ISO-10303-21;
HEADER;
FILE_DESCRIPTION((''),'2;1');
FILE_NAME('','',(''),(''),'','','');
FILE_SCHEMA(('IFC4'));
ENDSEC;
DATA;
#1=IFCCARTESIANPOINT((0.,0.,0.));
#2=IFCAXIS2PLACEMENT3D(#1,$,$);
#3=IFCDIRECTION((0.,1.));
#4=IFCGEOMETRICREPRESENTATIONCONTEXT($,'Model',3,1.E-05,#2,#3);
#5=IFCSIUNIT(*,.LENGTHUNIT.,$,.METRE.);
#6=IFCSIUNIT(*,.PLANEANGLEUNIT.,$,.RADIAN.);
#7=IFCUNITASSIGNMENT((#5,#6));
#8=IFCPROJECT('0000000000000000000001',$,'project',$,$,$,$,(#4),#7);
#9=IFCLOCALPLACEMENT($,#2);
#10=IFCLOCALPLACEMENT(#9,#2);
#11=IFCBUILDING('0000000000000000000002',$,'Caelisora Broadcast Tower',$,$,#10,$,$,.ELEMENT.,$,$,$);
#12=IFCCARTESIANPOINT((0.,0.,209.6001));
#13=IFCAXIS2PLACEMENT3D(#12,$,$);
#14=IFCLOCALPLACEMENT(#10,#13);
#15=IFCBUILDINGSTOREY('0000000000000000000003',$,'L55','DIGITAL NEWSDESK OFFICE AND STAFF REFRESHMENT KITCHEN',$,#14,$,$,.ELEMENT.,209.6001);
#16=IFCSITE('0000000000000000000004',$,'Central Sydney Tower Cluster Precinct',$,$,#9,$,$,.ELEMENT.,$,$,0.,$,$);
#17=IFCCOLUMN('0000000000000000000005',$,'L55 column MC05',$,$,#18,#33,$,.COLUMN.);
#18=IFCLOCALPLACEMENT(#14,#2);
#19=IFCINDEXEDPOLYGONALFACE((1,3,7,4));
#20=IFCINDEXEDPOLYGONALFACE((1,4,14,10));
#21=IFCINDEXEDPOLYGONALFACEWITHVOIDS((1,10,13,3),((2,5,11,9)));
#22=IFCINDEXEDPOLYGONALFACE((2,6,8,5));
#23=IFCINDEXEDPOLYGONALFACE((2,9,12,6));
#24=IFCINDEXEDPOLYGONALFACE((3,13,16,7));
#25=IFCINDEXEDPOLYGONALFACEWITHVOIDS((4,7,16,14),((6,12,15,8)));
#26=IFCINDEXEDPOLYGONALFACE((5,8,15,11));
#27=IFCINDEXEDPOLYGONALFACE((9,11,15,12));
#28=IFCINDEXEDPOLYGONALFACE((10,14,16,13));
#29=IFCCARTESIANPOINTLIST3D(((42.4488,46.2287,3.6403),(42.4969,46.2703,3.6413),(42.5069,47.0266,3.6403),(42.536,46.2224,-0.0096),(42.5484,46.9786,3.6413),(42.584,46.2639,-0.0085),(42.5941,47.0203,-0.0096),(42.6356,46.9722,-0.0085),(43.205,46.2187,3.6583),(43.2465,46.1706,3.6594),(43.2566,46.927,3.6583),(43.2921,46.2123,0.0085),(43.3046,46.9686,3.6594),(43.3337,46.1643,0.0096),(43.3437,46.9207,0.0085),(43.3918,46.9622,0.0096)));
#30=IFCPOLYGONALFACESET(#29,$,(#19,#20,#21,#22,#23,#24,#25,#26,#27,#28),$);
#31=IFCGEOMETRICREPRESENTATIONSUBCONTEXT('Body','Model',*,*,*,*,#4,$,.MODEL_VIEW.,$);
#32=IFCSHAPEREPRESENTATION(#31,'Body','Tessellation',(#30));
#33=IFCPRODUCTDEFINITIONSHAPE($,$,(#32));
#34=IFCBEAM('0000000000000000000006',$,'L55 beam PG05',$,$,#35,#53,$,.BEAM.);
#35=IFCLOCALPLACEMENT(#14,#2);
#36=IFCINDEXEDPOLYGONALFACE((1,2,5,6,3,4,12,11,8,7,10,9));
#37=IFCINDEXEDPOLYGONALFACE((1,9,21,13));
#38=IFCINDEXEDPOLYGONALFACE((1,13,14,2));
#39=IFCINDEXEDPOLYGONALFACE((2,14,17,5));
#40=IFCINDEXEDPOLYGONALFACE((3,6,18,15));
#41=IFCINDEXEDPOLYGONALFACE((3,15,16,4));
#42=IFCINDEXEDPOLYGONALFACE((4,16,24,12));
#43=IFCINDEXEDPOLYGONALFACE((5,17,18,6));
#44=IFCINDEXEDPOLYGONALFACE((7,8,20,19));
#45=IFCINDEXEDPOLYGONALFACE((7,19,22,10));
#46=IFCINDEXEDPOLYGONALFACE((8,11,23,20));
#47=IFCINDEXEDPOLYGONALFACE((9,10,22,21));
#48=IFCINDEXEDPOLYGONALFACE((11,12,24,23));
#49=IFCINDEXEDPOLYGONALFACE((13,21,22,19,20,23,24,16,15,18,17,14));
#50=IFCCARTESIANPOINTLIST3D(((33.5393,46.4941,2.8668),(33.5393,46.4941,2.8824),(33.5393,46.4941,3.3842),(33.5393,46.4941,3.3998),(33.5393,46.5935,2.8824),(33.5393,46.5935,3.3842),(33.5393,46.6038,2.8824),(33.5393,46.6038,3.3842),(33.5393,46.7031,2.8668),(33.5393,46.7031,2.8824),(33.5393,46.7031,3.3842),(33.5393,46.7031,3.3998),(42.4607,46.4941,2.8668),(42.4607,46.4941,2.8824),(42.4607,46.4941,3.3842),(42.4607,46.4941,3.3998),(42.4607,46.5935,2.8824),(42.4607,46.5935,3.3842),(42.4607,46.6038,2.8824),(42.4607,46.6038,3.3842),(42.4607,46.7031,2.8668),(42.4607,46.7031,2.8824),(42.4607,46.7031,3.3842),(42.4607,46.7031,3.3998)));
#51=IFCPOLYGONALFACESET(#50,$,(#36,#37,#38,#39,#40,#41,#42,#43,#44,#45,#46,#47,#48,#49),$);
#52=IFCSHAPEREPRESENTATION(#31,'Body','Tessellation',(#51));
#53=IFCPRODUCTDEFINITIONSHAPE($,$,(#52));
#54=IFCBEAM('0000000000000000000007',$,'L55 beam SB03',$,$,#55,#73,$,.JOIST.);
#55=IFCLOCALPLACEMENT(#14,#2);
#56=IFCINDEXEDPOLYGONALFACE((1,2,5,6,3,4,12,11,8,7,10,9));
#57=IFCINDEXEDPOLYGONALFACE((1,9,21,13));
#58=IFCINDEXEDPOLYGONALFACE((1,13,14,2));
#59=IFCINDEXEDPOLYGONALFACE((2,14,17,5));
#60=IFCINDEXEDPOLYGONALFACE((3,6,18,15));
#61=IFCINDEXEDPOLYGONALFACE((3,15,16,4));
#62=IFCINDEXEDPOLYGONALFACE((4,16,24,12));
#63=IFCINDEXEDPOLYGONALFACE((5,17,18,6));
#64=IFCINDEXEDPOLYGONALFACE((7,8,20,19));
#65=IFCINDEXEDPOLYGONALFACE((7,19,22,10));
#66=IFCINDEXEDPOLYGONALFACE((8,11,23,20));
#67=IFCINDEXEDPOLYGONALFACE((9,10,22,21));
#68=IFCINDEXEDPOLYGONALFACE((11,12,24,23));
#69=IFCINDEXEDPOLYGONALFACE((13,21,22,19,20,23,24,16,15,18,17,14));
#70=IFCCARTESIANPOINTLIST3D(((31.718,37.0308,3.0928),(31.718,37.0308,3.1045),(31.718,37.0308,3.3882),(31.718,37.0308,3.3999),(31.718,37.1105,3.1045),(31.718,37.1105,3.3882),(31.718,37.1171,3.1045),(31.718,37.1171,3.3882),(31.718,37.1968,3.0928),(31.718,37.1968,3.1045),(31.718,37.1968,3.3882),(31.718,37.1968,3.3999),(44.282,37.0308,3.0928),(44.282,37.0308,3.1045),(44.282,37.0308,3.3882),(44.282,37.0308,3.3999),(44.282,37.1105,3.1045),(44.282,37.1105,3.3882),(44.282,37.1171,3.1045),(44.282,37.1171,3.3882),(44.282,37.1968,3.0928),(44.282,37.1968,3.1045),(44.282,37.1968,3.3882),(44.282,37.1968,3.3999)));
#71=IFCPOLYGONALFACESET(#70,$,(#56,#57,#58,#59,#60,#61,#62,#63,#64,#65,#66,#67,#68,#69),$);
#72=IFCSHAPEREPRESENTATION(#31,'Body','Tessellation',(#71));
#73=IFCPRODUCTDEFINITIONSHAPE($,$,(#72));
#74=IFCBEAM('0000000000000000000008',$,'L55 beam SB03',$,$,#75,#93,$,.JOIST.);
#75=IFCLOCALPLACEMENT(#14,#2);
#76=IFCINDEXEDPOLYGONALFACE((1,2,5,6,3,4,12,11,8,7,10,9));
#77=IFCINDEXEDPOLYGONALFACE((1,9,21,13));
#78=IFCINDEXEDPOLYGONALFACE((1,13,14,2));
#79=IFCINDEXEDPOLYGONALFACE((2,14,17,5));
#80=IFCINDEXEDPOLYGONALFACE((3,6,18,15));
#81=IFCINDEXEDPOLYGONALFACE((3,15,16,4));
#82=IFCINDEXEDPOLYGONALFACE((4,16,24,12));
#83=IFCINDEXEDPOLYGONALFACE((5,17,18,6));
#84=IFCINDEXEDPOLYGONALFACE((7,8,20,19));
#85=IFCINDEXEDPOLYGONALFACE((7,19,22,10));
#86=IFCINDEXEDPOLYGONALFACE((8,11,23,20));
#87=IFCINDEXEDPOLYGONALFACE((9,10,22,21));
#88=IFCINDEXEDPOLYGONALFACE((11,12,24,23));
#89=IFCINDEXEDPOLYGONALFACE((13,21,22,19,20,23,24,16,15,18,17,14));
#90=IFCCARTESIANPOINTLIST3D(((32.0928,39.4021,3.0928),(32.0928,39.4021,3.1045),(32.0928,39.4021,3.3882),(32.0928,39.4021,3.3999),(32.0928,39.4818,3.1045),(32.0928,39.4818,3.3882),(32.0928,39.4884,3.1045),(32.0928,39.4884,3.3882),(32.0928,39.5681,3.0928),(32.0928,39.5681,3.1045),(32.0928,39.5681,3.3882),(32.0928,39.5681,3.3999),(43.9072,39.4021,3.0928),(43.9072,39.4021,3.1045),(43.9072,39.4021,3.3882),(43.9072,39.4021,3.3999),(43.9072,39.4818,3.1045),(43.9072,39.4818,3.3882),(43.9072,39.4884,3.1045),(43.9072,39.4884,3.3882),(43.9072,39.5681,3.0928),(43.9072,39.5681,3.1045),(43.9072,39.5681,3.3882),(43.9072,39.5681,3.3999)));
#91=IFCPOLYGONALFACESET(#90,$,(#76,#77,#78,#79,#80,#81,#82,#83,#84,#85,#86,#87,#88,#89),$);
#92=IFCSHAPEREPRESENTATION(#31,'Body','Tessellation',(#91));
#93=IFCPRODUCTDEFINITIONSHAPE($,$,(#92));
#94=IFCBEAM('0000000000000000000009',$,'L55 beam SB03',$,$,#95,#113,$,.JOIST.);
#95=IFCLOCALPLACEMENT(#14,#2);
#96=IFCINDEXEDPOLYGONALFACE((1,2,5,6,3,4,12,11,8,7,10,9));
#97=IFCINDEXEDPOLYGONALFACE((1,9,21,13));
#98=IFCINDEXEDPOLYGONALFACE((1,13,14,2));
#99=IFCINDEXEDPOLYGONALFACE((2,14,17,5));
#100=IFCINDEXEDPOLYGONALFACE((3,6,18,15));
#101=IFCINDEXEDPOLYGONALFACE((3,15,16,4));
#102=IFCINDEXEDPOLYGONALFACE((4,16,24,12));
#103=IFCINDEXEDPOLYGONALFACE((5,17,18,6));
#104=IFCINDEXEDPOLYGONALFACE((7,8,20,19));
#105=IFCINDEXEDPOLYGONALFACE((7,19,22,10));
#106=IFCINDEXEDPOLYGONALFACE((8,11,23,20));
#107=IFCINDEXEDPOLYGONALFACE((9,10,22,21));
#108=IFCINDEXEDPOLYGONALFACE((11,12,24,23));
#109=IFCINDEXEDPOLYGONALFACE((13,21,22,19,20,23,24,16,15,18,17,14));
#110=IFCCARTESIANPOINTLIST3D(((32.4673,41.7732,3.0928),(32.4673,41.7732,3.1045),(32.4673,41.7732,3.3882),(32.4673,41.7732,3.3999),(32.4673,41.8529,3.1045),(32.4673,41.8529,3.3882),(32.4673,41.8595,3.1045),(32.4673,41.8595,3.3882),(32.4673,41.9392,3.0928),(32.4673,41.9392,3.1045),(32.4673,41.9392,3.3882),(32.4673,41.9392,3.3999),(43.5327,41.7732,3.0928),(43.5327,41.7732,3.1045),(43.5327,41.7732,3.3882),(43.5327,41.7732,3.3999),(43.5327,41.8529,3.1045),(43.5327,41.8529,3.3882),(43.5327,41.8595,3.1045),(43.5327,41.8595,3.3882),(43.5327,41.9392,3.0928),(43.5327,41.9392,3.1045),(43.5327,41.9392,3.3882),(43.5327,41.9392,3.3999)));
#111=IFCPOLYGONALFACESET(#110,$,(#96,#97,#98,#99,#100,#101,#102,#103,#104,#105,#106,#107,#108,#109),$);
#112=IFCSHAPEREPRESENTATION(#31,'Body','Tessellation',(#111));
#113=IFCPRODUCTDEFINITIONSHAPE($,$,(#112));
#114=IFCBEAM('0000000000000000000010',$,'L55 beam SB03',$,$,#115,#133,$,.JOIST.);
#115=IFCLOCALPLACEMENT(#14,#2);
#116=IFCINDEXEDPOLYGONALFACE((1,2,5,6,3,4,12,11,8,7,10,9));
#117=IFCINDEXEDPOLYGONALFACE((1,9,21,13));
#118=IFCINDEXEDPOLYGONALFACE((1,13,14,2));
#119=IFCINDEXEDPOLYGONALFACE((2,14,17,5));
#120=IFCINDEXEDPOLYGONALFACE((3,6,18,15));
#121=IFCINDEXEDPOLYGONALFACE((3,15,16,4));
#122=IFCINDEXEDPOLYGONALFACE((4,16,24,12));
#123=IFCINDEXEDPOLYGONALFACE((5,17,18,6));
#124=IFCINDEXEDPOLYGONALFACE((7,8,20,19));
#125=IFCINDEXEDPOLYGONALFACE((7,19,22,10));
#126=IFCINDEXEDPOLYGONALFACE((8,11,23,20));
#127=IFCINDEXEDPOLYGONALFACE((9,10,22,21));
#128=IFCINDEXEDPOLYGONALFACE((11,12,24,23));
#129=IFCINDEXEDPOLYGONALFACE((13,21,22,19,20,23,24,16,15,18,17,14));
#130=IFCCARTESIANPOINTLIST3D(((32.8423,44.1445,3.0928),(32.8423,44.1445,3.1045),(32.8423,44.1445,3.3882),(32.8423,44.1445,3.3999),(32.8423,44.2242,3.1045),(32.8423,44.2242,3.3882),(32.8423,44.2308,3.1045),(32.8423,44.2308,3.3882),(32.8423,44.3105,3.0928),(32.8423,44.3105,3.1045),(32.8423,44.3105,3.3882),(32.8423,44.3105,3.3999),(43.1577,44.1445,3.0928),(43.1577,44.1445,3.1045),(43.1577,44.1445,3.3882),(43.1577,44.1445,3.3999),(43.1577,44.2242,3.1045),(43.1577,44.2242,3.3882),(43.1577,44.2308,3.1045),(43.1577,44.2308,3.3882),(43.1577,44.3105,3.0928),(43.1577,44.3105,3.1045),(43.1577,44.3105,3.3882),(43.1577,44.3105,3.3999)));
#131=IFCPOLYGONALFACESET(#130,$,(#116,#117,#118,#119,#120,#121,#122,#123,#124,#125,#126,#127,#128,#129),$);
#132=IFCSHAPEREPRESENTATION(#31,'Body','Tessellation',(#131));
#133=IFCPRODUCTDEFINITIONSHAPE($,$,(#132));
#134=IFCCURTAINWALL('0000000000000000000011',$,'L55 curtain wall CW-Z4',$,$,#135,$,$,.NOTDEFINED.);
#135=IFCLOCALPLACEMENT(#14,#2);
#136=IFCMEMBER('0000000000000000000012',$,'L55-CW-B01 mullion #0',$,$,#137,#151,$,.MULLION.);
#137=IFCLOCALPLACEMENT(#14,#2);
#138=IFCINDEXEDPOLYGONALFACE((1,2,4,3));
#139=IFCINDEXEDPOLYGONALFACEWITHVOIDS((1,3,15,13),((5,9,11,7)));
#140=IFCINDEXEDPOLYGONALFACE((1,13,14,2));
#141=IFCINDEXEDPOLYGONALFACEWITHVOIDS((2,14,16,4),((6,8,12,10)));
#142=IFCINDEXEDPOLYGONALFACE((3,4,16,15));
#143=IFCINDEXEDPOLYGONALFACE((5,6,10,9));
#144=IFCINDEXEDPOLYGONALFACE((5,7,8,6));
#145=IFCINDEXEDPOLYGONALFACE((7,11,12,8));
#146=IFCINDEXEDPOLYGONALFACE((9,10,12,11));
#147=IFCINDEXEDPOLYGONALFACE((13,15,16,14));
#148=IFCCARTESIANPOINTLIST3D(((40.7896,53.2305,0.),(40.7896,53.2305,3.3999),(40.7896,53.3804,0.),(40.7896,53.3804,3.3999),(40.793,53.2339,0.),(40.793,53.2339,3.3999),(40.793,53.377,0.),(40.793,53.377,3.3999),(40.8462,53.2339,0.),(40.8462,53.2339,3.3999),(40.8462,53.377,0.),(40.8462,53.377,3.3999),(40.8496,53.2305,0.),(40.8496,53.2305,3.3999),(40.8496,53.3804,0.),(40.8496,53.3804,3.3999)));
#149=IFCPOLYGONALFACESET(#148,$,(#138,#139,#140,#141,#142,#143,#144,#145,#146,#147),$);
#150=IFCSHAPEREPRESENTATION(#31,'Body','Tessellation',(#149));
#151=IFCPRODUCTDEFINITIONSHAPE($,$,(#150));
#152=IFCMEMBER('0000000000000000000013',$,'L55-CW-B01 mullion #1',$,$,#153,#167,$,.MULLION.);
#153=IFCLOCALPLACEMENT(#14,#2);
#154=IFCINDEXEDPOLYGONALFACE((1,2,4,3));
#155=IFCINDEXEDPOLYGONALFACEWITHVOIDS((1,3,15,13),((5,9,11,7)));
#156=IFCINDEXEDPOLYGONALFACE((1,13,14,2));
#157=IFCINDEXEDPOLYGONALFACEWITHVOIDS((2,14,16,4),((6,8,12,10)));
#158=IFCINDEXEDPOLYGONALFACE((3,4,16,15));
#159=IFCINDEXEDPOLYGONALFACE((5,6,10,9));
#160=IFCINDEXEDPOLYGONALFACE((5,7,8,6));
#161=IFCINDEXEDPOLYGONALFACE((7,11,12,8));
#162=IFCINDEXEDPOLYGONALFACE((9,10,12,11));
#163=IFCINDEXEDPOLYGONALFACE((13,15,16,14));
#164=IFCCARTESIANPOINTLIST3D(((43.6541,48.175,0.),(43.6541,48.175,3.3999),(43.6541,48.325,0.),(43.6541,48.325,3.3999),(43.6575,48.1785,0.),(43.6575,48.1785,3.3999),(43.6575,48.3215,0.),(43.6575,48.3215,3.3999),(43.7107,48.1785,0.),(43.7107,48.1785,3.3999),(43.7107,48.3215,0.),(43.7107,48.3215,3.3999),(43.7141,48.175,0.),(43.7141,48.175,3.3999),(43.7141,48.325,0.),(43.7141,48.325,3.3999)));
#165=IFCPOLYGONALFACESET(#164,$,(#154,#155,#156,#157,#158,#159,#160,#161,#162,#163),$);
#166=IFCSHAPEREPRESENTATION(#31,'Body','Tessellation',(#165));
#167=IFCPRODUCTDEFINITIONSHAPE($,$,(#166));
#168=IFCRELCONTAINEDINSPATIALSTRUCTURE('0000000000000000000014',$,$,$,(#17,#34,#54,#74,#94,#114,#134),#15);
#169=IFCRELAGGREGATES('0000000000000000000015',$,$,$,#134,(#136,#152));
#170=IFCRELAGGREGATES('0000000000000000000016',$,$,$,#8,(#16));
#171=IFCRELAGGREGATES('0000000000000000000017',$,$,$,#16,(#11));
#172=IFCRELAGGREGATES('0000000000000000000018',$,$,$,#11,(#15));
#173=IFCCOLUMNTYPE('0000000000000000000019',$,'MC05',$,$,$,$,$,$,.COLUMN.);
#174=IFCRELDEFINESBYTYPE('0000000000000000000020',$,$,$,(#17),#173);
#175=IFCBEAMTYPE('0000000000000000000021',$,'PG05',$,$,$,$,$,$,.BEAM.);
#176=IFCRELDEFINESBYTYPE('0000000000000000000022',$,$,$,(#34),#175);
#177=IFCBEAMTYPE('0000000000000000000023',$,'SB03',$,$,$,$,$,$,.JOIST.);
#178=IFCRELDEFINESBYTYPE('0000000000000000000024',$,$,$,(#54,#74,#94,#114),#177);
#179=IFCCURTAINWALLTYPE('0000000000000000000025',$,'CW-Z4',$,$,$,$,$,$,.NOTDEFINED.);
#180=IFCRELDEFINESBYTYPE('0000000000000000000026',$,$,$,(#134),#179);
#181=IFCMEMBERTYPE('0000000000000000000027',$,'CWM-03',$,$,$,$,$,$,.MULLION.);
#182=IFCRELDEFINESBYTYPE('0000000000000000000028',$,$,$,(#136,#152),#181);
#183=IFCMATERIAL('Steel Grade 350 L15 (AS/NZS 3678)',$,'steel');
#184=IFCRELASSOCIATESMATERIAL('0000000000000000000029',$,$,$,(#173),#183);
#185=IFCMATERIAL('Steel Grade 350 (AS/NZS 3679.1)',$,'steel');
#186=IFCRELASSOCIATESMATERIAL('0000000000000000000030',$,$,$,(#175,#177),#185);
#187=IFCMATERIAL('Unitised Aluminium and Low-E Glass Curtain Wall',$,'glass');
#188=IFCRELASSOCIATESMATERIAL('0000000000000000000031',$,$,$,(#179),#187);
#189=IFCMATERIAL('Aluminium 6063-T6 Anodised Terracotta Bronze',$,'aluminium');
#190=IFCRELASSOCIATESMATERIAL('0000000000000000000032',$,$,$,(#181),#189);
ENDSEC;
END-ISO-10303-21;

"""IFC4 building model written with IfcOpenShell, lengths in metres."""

from ifc_helpers import new_model, si_unit, direction, frame, origin, origin_2d, place, context, subcontext, project, spatial, hollow_rectangle, i_section, extrude, source, transform, mapped, material, material_profile, profile_set, type_object, type_shapes, element, aggregate, save


model = new_model("IFC4")

# Units and contexts
model_context = context("Model", 3, precision=1e-05, world=origin(), true_north=direction((0.0, 1.0)))
body_context = subcontext(model_context, "Body", "Model", "MODEL_VIEW")
ifc_project = project(units=[si_unit("LENGTHUNIT", "METRE"), si_unit("PLANEANGLEUNIT", "RADIAN")], contexts=[model_context])

# Site, building, storey
site_placement = place(None, origin())
site = spatial("IfcSite", under=ifc_project, at=site_placement, Name="Central Sydney Tower Cluster Precinct", CompositionType="ELEMENT", RefElevation=0.0)
building_placement = place(site_placement, origin())
building = spatial("IfcBuilding", under=site, at=building_placement, Name="Caelisora Broadcast Tower", CompositionType="ELEMENT")
storey_placement = place(building_placement, frame((0.0, 0.0, 209.6001)))
storey = spatial("IfcBuildingStorey", under=building, at=storey_placement, Name="L55", Description="DIGITAL NEWSDESK OFFICE AND STAFF REFRESHMENT KITCHEN", CompositionType="ELEMENT", Elevation=209.6001)

# Column
ifc_material_1 = material(Name="Steel Grade 350 L15 (AS/NZS 3678)", Category="steel")
ifc_material_profile_1 = material_profile(ifc_material_1, hollow_rectangle(XDim=0.8, YDim=0.8, WallThickness=0.0449, at=origin_2d()), Name="Steel Grade 350 L15 (AS/NZS 3678)")
ifc_profile_set_1 = profile_set([ifc_material_profile_1], Name="Steel Grade 350 L15 (AS/NZS 3678)")
column_type = type_object("IfcColumnType", Name="MC05", PredefinedType="COLUMN", material=ifc_profile_set_1)
shared_shape_1 = source(origin(), body_context, "Body", "SweptSolid", [
    extrude(hollow_rectangle(XDim=0.8, YDim=0.8, WallThickness=0.0449, at=origin_2d()), origin(), (0.0, 0.0, 1.0), 3.6509),
])
type_shapes(column_type, [shared_shape_1])
column_placement = place(storey_placement, frame((42.9639, 46.5923, 0.0), z_axis=(-0.023873, 0.001739, 0.999713), x_axis=(-0.072637, -0.997358, 0.0)))
element("IfcColumn", 1, at=column_placement, inside=storey, type_object=column_type, Name="L55 column MC05", PredefinedType="COLUMN", context=body_context, shape_type="MappedRepresentation", body=[
    mapped(shared_shape_1, transform((0.0, 0.0, 0.0), scale=1.0)),
])

# Beams
ifc_material_2 = material(Name="Steel Grade 350 (AS/NZS 3679.1)", Category="steel")
ifc_material_profile_2 = material_profile(ifc_material_2, i_section(OverallWidth=0.209, OverallDepth=0.533, WebThickness=0.0103, FlangeThickness=0.0156, at=origin_2d()), Name="Steel Grade 350 (AS/NZS 3679.1)")
ifc_profile_set_2 = profile_set([ifc_material_profile_2], Name="Steel Grade 350 (AS/NZS 3679.1)")
beam_type_1 = type_object("IfcBeamType", Name="PG05", PredefinedType="BEAM", material=ifc_profile_set_2)
shared_shape_2 = source(origin(), body_context, "Body", "SweptSolid", [
    extrude(i_section(OverallWidth=0.209, OverallDepth=0.533, WebThickness=0.0103, FlangeThickness=0.0156, at=origin_2d()), origin(), (0.0, 0.0, 1.0), 8.9214),
])
type_shapes(beam_type_1, [shared_shape_2])
beam_1_placement = place(storey_placement, frame((42.4607, 46.5986, 3.1333), z_axis=(-1.0, 0.0, 0.0), x_axis=(0.0, -1.0, 0.0)))
element("IfcBeam", 2, at=beam_1_placement, inside=storey, type_object=beam_type_1, Name="L55 beam PG05", PredefinedType="BEAM", context=body_context, shape_type="MappedRepresentation", body=[
    mapped(shared_shape_2, transform((0.0, 0.0, 0.0), scale=1.0)),
])
ifc_material_profile_3 = material_profile(ifc_material_2, i_section(OverallWidth=0.166, OverallDepth=0.3071, WebThickness=0.0066, FlangeThickness=0.0117, at=origin_2d()), Name="Steel Grade 350 (AS/NZS 3679.1)")
ifc_profile_set_3 = profile_set([ifc_material_profile_3], Name="Steel Grade 350 (AS/NZS 3679.1)")
beam_type_2 = type_object("IfcBeamType", Name="SB03", PredefinedType="JOIST", material=ifc_profile_set_3)
shared_shape_3 = source(origin(), body_context, "Body", "SweptSolid", [
    extrude(i_section(OverallWidth=0.166, OverallDepth=0.3071, WebThickness=0.0066, FlangeThickness=0.0117, at=origin_2d()), origin(), (0.0, 0.0, 1.0), 12.564),
])
beam_2_placement = place(storey_placement, frame((44.282, 37.1138, 3.2463), z_axis=(-1.0, 0.0, 0.0), x_axis=(0.0, -1.0, 0.0)))
element("IfcBeam", 3, at=beam_2_placement, inside=storey, type_object=beam_type_2, Name="L55 beam SB03", PredefinedType="JOIST", context=body_context, shape_type="MappedRepresentation", body=[
    mapped(shared_shape_3, transform((0.0, 0.0, 0.0), scale=1.0)),
])
shared_shape_4 = source(origin(), body_context, "Body", "SweptSolid", [
    extrude(i_section(OverallWidth=0.166, OverallDepth=0.3071, WebThickness=0.0066, FlangeThickness=0.0117, at=origin_2d()), origin(), (0.0, 0.0, 1.0), 11.8145),
])
beam_3_placement = place(storey_placement, frame((43.9072, 39.4851, 3.2463), z_axis=(-1.0, 0.0, 0.0), x_axis=(0.0, -1.0, 0.0)))
element("IfcBeam", 4, at=beam_3_placement, inside=storey, type_object=beam_type_2, Name="L55 beam SB03", PredefinedType="JOIST", context=body_context, shape_type="MappedRepresentation", body=[
    mapped(shared_shape_4, transform((0.0, 0.0, 0.0), scale=1.0)),
])
shared_shape_5 = source(origin(), body_context, "Body", "SweptSolid", [
    extrude(i_section(OverallWidth=0.166, OverallDepth=0.3071, WebThickness=0.0066, FlangeThickness=0.0117, at=origin_2d()), origin(), (0.0, 0.0, 1.0), 11.0654),
])
beam_4_placement = place(storey_placement, frame((43.5327, 41.8562, 3.2463), z_axis=(-1.0, 0.0, 0.0), x_axis=(0.0, -1.0, 0.0)))
element("IfcBeam", 5, at=beam_4_placement, inside=storey, type_object=beam_type_2, Name="L55 beam SB03", PredefinedType="JOIST", context=body_context, shape_type="MappedRepresentation", body=[
    mapped(shared_shape_5, transform((0.0, 0.0, 0.0), scale=1.0)),
])
shared_shape_6 = source(origin(), body_context, "Body", "SweptSolid", [
    extrude(i_section(OverallWidth=0.166, OverallDepth=0.3071, WebThickness=0.0066, FlangeThickness=0.0117, at=origin_2d()), origin(), (0.0, 0.0, 1.0), 10.3154),
])
type_shapes(beam_type_2, [shared_shape_3, shared_shape_4, shared_shape_5, shared_shape_6])
beam_5_placement = place(storey_placement, frame((43.1577, 44.2275, 3.2463), z_axis=(-1.0, 0.0, 0.0), x_axis=(0.0, -1.0, 0.0)))
element("IfcBeam", 6, at=beam_5_placement, inside=storey, type_object=beam_type_2, Name="L55 beam SB03", PredefinedType="JOIST", context=body_context, shape_type="MappedRepresentation", body=[
    mapped(shared_shape_6, transform((0.0, 0.0, 0.0), scale=1.0)),
])

# Curtain wall, members
ifc_material_3 = material(Name="Unitised Aluminium and Low-E Glass Curtain Wall", Category="glass")
curtain_wall_type_1 = type_object("IfcCurtainWallType", Name="CW-Z4", PredefinedType="NOTDEFINED", material=ifc_material_3)
curtain_wall_1_placement = place(storey_placement, origin())
curtain_wall_1 = element("IfcCurtainWall", 7, at=curtain_wall_1_placement, inside=storey, type_object=curtain_wall_type_1, Name="L55 curtain wall CW-Z4", PredefinedType="NOTDEFINED")
ifc_material_4 = material(Name="Aluminium 6063-T6 Anodised Terracotta Bronze", Category="aluminium")
ifc_material_profile_4 = material_profile(ifc_material_4, hollow_rectangle(XDim=0.0601, YDim=0.1499, WallThickness=0.0034, at=origin_2d()), Name="Aluminium 6063-T6 Anodised Terracotta Bronze")
ifc_profile_set_4 = profile_set([ifc_material_profile_4], Name="Aluminium 6063-T6 Anodised Terracotta Bronze")
member_type_1 = type_object("IfcMemberType", Name="CWM-03", PredefinedType="MULLION", material=ifc_profile_set_4)
shared_shape_7 = source(origin(), body_context, "Body", "SweptSolid", [
    extrude(hollow_rectangle(XDim=0.0601, YDim=0.1499, WallThickness=0.0034, at=origin_2d()), origin(), (0.0, 0.0, 1.0), 3.3999),
])
type_shapes(member_type_1, [shared_shape_7])
member_1_placement = place(storey_placement, frame((40.8196, 53.3054, 0.0), z_axis=(0.0, 0.0, 1.0), x_axis=(1.0, 0.0, 0.0)))
member_1 = element("IfcMember", 8, at=member_1_placement, type_object=member_type_1, Name="L55-CW-B01 mullion #0", PredefinedType="MULLION", context=body_context, shape_type="MappedRepresentation", body=[
    mapped(shared_shape_7, transform((0.0, 0.0, 0.0), scale=1.0)),
])
member_2_placement = place(storey_placement, frame((43.6841, 48.25, 0.0), z_axis=(0.0, 0.0, 1.0), x_axis=(1.0, 0.0, 0.0)))
member_2 = element("IfcMember", 9, at=member_2_placement, type_object=member_type_1, Name="L55-CW-B01 mullion #1", PredefinedType="MULLION", context=body_context, shape_type="MappedRepresentation", body=[
    mapped(shared_shape_7, transform((0.0, 0.0, 0.0), scale=1.0)),
])

aggregate(curtain_wall_1, [member_1, member_2])

save(model, "model.ifc")
